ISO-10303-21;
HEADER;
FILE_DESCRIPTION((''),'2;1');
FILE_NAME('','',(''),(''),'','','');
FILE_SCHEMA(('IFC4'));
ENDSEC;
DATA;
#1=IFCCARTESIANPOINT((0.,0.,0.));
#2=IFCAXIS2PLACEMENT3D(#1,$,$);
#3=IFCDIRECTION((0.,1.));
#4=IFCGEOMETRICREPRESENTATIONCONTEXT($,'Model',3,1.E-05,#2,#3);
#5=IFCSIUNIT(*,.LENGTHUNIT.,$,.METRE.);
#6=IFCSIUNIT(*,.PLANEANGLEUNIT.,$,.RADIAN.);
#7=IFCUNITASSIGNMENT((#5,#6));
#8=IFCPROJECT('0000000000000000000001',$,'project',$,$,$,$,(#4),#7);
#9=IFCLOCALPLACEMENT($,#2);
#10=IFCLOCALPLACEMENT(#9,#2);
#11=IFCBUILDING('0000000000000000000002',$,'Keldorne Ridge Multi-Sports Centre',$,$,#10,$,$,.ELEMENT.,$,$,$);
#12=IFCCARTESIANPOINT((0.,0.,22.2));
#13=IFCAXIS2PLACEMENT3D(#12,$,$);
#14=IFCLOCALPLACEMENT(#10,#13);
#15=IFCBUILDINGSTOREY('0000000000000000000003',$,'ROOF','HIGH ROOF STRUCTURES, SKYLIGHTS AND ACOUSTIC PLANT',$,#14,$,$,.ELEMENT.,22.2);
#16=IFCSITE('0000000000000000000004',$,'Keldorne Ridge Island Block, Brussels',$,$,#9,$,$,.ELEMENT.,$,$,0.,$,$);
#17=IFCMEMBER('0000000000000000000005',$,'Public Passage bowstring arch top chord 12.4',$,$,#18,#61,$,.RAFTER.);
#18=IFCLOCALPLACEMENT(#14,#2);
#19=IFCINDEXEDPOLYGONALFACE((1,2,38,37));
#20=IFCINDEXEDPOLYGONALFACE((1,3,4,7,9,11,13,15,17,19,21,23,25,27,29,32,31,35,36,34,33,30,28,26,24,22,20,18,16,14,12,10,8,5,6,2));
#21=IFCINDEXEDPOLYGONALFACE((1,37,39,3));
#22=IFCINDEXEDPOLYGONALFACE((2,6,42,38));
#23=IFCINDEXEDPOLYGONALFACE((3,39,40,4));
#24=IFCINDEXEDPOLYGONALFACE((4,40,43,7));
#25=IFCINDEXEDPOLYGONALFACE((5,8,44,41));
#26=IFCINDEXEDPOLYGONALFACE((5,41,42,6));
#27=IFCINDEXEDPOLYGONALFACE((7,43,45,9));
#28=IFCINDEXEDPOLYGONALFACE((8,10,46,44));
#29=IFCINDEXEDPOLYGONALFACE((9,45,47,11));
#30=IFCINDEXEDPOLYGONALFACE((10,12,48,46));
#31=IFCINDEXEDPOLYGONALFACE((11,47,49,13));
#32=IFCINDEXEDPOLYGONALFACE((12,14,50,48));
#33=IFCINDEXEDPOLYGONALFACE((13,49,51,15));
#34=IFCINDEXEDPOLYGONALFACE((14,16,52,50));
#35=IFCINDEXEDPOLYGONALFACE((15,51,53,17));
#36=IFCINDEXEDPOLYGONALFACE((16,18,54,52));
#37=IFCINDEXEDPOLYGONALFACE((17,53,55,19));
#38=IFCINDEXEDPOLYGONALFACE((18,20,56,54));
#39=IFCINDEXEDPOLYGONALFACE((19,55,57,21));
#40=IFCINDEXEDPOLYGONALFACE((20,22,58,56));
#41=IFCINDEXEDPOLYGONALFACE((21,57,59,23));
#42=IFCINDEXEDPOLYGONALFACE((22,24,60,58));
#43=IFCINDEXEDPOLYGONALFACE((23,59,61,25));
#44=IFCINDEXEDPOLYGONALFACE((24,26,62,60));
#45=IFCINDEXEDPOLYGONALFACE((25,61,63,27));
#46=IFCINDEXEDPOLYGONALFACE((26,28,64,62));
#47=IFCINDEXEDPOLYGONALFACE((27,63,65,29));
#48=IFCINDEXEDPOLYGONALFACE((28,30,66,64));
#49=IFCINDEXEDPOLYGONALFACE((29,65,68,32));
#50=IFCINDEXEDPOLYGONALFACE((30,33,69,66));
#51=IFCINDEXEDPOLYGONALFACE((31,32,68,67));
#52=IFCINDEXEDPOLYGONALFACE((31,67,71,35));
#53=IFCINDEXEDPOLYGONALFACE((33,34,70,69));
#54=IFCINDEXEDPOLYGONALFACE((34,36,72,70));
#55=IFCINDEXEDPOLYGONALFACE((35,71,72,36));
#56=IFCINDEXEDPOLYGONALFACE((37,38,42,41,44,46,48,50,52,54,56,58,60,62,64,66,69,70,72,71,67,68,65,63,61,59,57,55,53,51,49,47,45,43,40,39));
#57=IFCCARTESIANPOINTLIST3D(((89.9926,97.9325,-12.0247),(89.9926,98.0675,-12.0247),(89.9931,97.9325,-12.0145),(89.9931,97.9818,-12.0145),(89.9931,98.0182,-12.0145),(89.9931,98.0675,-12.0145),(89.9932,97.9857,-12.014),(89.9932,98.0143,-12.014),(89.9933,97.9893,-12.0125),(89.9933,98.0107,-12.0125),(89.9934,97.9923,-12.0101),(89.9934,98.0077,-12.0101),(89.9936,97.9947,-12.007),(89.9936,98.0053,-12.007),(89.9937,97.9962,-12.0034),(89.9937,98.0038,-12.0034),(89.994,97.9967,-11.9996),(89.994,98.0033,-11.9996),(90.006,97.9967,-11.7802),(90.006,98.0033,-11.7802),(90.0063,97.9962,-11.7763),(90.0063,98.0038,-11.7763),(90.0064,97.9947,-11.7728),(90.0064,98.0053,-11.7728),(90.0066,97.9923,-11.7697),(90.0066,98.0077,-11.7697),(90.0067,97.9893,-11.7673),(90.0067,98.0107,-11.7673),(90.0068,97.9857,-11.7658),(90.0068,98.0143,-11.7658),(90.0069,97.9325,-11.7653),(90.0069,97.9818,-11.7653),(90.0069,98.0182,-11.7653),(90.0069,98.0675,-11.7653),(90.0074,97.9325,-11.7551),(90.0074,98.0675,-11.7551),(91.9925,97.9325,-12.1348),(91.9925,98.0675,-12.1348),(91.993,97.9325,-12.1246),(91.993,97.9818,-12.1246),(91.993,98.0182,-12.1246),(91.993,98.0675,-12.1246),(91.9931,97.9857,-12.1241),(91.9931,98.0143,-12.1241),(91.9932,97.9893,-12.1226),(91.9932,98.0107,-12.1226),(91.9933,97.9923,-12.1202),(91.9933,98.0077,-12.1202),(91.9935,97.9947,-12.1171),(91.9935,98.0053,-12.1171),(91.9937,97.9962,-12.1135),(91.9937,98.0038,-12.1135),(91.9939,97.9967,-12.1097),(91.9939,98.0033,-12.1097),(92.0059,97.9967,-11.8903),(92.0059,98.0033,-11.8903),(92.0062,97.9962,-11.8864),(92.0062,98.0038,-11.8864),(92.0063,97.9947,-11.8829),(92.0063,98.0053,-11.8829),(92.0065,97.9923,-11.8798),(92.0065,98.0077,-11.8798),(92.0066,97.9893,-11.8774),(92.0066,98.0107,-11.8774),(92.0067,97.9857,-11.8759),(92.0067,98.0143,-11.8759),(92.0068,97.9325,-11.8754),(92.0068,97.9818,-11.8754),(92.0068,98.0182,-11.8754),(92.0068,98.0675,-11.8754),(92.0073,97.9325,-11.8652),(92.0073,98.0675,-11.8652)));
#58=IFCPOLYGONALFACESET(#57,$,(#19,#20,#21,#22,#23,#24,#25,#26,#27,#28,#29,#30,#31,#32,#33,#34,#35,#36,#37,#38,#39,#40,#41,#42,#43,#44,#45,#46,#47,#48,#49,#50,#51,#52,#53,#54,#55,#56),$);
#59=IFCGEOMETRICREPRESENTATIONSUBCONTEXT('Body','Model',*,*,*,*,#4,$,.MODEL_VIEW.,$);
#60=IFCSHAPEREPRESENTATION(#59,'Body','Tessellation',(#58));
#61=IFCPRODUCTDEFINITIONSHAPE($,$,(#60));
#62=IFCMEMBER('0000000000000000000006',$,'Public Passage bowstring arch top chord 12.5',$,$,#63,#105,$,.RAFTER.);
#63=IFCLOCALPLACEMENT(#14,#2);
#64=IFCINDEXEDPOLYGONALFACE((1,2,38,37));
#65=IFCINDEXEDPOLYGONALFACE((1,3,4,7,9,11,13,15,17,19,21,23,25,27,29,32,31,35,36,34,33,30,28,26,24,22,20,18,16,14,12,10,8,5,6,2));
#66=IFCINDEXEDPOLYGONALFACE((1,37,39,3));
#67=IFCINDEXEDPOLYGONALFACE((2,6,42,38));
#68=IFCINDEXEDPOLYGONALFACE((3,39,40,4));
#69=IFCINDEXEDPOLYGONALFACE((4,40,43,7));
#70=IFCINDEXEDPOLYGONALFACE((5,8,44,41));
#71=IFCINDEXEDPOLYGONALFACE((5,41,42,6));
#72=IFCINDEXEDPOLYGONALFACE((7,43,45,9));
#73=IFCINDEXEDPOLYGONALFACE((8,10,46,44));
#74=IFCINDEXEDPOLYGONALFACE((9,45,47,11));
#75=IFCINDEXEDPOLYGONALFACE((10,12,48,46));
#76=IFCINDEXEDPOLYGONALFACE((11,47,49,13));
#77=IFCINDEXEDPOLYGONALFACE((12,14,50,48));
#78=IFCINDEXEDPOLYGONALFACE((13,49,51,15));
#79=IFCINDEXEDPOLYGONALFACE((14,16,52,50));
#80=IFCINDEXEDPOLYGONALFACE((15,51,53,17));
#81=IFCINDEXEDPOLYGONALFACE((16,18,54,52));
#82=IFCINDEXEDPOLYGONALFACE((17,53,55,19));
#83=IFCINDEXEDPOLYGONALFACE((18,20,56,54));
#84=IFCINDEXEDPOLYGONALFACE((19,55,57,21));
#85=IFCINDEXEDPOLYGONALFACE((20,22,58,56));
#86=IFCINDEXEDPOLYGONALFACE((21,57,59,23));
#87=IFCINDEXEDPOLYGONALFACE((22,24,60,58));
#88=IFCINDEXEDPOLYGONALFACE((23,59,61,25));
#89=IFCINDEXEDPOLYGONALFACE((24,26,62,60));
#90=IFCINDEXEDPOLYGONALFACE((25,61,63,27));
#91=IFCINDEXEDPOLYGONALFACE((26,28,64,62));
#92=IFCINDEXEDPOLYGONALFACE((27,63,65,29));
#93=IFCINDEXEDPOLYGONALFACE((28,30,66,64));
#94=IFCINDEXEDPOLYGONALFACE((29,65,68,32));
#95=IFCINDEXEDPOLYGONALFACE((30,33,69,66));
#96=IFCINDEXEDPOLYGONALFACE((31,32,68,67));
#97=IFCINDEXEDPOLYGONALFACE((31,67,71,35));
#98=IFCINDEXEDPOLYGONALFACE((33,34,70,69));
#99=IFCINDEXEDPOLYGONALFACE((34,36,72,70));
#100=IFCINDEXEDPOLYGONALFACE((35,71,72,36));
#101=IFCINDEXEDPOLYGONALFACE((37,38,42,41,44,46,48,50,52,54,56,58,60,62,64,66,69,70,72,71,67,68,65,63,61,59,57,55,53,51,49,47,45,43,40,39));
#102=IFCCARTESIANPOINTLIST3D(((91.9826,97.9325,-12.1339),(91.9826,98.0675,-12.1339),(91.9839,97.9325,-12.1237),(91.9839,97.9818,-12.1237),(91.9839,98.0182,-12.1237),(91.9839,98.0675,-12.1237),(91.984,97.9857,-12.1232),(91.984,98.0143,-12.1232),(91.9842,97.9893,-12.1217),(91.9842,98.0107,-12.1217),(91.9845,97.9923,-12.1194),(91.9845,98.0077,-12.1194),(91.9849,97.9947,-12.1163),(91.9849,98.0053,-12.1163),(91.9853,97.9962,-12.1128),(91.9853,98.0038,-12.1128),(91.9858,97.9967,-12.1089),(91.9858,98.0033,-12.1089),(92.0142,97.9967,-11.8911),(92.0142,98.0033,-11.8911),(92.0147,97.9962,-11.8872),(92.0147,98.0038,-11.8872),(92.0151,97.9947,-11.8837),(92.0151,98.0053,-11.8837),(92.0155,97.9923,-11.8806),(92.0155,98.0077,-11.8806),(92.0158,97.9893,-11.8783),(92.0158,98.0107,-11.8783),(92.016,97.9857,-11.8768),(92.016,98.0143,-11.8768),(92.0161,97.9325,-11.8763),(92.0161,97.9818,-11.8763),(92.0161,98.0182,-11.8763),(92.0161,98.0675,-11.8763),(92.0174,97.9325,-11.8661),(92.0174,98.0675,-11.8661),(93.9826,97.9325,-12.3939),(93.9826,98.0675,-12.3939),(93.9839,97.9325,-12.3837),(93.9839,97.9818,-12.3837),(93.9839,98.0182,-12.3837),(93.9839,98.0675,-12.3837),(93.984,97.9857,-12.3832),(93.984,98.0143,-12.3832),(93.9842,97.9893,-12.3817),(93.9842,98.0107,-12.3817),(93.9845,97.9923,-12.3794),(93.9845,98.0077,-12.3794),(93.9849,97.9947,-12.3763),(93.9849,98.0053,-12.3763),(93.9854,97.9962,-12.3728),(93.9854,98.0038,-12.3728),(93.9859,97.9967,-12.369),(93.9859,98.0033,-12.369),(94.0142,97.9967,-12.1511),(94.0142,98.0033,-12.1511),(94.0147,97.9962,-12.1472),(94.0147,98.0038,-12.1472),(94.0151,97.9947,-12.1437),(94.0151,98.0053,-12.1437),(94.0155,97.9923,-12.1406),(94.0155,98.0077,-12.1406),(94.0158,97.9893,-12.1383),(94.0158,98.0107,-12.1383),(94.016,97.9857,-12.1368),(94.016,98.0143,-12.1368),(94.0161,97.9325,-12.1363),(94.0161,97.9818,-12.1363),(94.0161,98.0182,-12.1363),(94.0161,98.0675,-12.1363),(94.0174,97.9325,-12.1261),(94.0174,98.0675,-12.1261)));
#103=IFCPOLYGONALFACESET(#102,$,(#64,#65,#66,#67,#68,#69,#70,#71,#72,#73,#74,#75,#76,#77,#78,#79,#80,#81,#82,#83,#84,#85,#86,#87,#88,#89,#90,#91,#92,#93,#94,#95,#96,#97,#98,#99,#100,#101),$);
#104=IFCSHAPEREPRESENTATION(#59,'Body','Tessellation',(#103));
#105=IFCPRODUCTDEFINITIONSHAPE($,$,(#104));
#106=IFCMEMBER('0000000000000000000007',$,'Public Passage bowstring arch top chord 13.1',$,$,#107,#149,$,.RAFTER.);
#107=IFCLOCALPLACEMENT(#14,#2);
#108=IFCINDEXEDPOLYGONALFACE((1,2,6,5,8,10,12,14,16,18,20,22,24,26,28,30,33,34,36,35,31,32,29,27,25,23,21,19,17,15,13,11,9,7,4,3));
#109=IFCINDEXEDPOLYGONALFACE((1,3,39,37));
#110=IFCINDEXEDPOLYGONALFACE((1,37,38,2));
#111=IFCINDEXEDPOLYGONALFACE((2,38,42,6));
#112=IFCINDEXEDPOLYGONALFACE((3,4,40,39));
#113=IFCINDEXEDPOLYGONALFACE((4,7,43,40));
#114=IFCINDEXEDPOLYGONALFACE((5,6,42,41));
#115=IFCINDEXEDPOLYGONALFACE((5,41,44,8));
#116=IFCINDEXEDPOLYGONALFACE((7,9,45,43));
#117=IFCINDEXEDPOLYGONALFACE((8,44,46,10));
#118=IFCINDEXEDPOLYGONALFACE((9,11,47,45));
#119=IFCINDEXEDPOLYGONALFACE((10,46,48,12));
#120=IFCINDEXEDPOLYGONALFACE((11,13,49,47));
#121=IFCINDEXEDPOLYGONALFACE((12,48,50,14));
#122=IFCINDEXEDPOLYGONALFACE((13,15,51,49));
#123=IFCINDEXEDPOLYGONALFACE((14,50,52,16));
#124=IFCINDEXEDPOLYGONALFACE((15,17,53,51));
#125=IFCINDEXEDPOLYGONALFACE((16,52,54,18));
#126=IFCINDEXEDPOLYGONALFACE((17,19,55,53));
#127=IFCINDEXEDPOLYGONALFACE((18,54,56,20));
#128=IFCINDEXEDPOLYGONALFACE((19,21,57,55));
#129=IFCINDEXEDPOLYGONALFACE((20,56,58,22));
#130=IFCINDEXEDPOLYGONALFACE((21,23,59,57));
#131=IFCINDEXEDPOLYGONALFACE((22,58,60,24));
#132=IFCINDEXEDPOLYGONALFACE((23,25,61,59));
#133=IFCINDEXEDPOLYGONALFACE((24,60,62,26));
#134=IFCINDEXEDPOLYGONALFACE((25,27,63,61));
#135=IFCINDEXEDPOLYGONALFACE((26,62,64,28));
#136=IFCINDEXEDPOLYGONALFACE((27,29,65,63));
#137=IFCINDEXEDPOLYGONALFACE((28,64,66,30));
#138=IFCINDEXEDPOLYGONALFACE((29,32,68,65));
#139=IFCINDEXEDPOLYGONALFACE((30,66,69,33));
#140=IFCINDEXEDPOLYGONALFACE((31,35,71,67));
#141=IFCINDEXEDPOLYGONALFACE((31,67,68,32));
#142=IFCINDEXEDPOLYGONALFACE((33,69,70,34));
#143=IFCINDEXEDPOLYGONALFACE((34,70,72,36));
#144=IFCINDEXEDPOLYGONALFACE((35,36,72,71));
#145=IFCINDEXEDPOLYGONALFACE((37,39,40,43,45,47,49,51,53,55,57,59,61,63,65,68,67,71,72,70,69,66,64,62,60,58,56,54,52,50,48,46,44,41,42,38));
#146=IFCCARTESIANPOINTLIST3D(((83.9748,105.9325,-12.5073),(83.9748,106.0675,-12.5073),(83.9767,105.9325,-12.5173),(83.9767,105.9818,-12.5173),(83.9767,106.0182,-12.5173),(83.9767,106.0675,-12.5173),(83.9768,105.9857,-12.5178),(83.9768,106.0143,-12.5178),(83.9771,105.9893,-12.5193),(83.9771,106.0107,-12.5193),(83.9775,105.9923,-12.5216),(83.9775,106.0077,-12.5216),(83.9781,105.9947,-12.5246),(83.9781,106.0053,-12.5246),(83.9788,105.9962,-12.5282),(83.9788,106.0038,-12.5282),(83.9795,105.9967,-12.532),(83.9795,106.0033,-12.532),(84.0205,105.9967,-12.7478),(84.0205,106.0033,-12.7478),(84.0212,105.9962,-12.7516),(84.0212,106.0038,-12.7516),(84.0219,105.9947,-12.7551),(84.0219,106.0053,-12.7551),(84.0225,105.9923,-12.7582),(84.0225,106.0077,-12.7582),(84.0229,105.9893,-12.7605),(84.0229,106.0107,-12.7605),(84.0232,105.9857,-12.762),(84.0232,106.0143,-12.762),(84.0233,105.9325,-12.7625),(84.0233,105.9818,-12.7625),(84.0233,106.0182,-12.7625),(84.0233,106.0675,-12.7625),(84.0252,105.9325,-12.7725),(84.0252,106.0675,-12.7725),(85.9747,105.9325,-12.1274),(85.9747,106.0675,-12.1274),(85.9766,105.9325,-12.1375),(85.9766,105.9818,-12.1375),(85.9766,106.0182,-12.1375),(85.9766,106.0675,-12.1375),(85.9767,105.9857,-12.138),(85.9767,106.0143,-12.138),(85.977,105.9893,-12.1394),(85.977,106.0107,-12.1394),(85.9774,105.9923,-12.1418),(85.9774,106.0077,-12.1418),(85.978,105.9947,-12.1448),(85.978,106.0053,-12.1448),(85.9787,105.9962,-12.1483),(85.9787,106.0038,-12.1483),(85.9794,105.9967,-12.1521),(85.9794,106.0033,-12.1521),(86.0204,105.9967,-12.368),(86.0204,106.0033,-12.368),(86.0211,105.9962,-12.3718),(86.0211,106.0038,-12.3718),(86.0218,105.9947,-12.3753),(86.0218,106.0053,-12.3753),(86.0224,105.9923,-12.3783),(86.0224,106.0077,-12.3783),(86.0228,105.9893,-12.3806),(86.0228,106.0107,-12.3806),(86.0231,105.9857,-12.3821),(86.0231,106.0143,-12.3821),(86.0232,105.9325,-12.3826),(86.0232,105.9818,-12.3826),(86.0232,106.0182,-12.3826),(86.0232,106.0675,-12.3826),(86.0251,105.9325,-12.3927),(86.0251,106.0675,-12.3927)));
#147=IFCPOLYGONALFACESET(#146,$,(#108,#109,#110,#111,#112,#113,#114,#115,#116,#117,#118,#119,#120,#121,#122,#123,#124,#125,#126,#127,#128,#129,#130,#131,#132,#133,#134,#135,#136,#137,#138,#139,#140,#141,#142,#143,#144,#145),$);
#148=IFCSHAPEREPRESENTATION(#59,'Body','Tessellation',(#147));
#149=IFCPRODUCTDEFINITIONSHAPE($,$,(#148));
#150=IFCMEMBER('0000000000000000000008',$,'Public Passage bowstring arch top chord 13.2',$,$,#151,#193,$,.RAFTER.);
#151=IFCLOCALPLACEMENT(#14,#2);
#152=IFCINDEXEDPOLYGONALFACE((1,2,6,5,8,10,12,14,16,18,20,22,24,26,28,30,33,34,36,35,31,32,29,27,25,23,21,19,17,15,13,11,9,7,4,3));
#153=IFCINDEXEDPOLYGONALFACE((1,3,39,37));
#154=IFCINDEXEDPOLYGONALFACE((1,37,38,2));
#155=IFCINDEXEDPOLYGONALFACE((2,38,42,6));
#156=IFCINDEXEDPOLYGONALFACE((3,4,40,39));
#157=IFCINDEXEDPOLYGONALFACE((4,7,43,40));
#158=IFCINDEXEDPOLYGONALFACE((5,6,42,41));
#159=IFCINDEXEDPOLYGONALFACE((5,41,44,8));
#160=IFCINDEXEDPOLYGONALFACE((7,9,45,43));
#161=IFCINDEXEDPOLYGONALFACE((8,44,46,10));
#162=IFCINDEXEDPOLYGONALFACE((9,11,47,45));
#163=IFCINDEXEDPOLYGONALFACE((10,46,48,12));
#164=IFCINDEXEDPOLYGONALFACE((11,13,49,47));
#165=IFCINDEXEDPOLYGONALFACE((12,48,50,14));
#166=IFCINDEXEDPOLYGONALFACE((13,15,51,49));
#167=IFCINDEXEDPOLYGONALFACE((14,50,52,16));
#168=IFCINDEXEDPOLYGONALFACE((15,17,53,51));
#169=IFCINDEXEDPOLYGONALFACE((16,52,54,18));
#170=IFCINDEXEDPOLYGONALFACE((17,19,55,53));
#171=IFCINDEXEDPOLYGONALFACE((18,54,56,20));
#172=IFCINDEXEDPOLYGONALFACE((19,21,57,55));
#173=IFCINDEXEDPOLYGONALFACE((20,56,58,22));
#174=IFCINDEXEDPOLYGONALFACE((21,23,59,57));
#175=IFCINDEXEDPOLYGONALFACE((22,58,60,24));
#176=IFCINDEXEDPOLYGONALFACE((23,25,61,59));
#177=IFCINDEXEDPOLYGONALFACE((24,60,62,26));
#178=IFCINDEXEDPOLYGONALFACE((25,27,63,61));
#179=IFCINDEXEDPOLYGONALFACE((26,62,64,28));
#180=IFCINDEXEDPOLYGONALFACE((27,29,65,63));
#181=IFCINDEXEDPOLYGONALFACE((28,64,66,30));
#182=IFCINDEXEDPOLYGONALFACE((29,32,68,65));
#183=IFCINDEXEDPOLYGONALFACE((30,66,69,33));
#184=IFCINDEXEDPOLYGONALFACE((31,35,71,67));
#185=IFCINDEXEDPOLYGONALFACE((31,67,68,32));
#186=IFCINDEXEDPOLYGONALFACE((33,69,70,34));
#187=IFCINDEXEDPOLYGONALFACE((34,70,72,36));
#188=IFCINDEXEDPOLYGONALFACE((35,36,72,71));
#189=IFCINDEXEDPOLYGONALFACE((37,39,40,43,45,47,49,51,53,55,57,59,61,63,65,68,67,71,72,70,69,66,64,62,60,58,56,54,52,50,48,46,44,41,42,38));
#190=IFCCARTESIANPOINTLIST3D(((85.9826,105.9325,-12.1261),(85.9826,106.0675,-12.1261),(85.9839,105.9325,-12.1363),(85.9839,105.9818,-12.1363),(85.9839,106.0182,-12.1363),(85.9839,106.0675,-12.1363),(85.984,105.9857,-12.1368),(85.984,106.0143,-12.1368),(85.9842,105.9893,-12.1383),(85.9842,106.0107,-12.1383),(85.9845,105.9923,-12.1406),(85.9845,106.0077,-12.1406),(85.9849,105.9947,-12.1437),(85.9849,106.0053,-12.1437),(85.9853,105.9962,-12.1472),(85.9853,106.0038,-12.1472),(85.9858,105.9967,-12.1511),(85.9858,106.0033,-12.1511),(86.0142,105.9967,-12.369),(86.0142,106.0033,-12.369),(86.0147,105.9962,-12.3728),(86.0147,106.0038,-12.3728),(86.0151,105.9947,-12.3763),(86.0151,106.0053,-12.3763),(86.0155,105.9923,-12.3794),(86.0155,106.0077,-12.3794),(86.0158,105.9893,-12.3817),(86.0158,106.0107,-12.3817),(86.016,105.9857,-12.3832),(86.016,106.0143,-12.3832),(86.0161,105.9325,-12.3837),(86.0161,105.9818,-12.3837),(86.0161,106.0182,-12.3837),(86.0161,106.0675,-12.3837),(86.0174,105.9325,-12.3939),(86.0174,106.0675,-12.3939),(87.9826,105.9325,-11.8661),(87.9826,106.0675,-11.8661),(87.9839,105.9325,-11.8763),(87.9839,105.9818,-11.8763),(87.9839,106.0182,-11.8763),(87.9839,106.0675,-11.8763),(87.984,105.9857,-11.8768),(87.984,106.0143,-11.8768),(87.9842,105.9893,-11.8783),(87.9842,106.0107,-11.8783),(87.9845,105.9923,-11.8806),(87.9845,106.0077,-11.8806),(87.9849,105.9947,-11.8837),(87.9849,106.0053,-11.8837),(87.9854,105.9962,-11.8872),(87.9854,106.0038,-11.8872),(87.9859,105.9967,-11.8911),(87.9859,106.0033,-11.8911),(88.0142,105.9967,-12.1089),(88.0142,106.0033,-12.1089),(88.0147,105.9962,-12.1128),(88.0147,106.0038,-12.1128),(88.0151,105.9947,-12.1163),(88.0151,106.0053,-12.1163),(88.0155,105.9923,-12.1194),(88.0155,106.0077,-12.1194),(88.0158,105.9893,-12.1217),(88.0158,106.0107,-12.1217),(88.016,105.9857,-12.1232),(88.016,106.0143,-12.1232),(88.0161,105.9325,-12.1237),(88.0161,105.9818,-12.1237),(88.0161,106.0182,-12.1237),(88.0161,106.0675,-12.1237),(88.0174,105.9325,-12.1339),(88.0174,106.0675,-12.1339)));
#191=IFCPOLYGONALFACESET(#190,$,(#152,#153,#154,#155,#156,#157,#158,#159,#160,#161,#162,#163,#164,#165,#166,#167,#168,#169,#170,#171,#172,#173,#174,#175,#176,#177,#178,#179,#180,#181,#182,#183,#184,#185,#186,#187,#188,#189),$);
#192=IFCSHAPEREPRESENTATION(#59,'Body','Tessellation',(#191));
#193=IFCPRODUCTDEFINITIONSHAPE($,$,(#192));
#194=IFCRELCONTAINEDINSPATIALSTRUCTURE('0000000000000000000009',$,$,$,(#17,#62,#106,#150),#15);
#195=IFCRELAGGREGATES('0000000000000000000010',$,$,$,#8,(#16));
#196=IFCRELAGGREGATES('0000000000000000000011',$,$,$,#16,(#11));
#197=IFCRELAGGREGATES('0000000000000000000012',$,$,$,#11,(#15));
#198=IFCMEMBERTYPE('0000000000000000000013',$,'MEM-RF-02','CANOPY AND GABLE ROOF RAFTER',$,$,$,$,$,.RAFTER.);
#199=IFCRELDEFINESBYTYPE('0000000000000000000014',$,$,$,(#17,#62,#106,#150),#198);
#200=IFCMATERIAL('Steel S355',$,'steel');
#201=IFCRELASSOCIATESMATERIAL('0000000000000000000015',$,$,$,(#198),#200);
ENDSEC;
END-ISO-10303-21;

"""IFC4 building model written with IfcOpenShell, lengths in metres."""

from ifc_helpers import new_model, si_unit, direction, frame, origin, origin_2d, place, context, subcontext, project, spatial, i_section, extrude, material, material_profile, profile_set, type_object, element, save


model = new_model("IFC4")

# Units and contexts
model_context = context("Model", 3, precision=1e-05, world=origin(), true_north=direction((0.0, 1.0)))
body_context = subcontext(model_context, "Body", "Model", "MODEL_VIEW")
ifc_project = project(units=[si_unit("LENGTHUNIT", "METRE"), si_unit("PLANEANGLEUNIT", "RADIAN")], contexts=[model_context])

# Site, building, storey
site_placement = place(None, origin())
site = spatial("IfcSite", under=ifc_project, at=site_placement, Name="Keldorne Ridge Island Block, Brussels", CompositionType="ELEMENT", RefElevation=0.0)
building_placement = place(site_placement, origin())
building = spatial("IfcBuilding", under=site, at=building_placement, Name="Keldorne Ridge Multi-Sports Centre", CompositionType="ELEMENT")
storey_placement = place(building_placement, frame((0.0, 0.0, 22.2)))
storey = spatial("IfcBuildingStorey", under=building, at=storey_placement, Name="ROOF", Description="HIGH ROOF STRUCTURES, SKYLIGHTS AND ACOUSTIC PLANT", CompositionType="ELEMENT", Elevation=22.2)

# Members
ifc_material = material(Name="Steel S355", Category="steel")
ifc_material_profile_1 = material_profile(ifc_material, i_section(OverallWidth=0.135, OverallDepth=0.27, WebThickness=0.0066, FlangeThickness=0.0103, FilletRadius=0.0149, at=origin_2d()), Name="IPE 270")
ifc_profile_set_1 = profile_set([ifc_material_profile_1], Name="Steel S355")
member_type_1 = type_object("IfcMemberType", Name="MEM-RF-02", Description="CANOPY AND GABLE ROOF RAFTER", PredefinedType="RAFTER", material=ifc_profile_set_1)
for number, where, z_axis, x_axis, name in (
    (1, (90.0, 98.0, -11.8899), (0.998488, 0.0, -0.05497), (0.0, 1.0, 0.0), "Public Passage bowstring arch top chord 12.4"),
):
    element("IfcMember", number, at=place(storey_placement, frame(where, z_axis=z_axis, x_axis=x_axis)), inside=storey, type_object=member_type_1, Name=name, PredefinedType="RAFTER", context=body_context, shape_type="SweptSolid", body=[
        extrude(i_section(OverallWidth=0.135, OverallDepth=0.27, WebThickness=0.0066, FlangeThickness=0.0103, FilletRadius=0.0149, at=origin_2d()), origin(), (0.0, 0.0, 1.0), 2.0029),
    ])
member_1_placement = place(storey_placement, frame((92.0, 98.0, -12.0), z_axis=(0.991655, 0.0, -0.12892), x_axis=(0.0, 1.0, 0.0)))
element("IfcMember", 2, at=member_1_placement, inside=storey, type_object=member_type_1, Name="Public Passage bowstring arch top chord 12.5", PredefinedType="RAFTER", context=body_context, shape_type="SweptSolid", body=[
    extrude(i_section(OverallWidth=0.135, OverallDepth=0.27, WebThickness=0.0066, FlangeThickness=0.0103, FilletRadius=0.0149, at=origin_2d()), origin(), (0.0, 0.0, 1.0), 2.0168),
])
member_2_placement = place(storey_placement, frame((84.0, 106.0, -12.6399), z_axis=(0.982435, 0.0, 0.186605), x_axis=(0.0, 1.0, 0.0)))
element("IfcMember", 3, at=member_2_placement, inside=storey, type_object=member_type_1, Name="Public Passage bowstring arch top chord 13.1", PredefinedType="RAFTER", context=body_context, shape_type="SweptSolid", body=[
    extrude(i_section(OverallWidth=0.135, OverallDepth=0.27, WebThickness=0.0066, FlangeThickness=0.0103, FilletRadius=0.0149, at=origin_2d()), origin(), (0.0, 0.0, 1.0), 2.0356),
])
member_3_placement = place(storey_placement, frame((86.0, 106.0, -12.26), z_axis=(0.991655, 0.0, 0.12892), x_axis=(0.0, 1.0, 0.0)))
element("IfcMember", 4, at=member_3_placement, inside=storey, type_object=member_type_1, Name="Public Passage bowstring arch top chord 13.2", PredefinedType="RAFTER", context=body_context, shape_type="SweptSolid", body=[
    extrude(i_section(OverallWidth=0.135, OverallDepth=0.27, WebThickness=0.0066, FlangeThickness=0.0103, FilletRadius=0.0149, at=origin_2d()), origin(), (0.0, 0.0, 1.0), 2.0168),
])

save(model, "model.ifc")
